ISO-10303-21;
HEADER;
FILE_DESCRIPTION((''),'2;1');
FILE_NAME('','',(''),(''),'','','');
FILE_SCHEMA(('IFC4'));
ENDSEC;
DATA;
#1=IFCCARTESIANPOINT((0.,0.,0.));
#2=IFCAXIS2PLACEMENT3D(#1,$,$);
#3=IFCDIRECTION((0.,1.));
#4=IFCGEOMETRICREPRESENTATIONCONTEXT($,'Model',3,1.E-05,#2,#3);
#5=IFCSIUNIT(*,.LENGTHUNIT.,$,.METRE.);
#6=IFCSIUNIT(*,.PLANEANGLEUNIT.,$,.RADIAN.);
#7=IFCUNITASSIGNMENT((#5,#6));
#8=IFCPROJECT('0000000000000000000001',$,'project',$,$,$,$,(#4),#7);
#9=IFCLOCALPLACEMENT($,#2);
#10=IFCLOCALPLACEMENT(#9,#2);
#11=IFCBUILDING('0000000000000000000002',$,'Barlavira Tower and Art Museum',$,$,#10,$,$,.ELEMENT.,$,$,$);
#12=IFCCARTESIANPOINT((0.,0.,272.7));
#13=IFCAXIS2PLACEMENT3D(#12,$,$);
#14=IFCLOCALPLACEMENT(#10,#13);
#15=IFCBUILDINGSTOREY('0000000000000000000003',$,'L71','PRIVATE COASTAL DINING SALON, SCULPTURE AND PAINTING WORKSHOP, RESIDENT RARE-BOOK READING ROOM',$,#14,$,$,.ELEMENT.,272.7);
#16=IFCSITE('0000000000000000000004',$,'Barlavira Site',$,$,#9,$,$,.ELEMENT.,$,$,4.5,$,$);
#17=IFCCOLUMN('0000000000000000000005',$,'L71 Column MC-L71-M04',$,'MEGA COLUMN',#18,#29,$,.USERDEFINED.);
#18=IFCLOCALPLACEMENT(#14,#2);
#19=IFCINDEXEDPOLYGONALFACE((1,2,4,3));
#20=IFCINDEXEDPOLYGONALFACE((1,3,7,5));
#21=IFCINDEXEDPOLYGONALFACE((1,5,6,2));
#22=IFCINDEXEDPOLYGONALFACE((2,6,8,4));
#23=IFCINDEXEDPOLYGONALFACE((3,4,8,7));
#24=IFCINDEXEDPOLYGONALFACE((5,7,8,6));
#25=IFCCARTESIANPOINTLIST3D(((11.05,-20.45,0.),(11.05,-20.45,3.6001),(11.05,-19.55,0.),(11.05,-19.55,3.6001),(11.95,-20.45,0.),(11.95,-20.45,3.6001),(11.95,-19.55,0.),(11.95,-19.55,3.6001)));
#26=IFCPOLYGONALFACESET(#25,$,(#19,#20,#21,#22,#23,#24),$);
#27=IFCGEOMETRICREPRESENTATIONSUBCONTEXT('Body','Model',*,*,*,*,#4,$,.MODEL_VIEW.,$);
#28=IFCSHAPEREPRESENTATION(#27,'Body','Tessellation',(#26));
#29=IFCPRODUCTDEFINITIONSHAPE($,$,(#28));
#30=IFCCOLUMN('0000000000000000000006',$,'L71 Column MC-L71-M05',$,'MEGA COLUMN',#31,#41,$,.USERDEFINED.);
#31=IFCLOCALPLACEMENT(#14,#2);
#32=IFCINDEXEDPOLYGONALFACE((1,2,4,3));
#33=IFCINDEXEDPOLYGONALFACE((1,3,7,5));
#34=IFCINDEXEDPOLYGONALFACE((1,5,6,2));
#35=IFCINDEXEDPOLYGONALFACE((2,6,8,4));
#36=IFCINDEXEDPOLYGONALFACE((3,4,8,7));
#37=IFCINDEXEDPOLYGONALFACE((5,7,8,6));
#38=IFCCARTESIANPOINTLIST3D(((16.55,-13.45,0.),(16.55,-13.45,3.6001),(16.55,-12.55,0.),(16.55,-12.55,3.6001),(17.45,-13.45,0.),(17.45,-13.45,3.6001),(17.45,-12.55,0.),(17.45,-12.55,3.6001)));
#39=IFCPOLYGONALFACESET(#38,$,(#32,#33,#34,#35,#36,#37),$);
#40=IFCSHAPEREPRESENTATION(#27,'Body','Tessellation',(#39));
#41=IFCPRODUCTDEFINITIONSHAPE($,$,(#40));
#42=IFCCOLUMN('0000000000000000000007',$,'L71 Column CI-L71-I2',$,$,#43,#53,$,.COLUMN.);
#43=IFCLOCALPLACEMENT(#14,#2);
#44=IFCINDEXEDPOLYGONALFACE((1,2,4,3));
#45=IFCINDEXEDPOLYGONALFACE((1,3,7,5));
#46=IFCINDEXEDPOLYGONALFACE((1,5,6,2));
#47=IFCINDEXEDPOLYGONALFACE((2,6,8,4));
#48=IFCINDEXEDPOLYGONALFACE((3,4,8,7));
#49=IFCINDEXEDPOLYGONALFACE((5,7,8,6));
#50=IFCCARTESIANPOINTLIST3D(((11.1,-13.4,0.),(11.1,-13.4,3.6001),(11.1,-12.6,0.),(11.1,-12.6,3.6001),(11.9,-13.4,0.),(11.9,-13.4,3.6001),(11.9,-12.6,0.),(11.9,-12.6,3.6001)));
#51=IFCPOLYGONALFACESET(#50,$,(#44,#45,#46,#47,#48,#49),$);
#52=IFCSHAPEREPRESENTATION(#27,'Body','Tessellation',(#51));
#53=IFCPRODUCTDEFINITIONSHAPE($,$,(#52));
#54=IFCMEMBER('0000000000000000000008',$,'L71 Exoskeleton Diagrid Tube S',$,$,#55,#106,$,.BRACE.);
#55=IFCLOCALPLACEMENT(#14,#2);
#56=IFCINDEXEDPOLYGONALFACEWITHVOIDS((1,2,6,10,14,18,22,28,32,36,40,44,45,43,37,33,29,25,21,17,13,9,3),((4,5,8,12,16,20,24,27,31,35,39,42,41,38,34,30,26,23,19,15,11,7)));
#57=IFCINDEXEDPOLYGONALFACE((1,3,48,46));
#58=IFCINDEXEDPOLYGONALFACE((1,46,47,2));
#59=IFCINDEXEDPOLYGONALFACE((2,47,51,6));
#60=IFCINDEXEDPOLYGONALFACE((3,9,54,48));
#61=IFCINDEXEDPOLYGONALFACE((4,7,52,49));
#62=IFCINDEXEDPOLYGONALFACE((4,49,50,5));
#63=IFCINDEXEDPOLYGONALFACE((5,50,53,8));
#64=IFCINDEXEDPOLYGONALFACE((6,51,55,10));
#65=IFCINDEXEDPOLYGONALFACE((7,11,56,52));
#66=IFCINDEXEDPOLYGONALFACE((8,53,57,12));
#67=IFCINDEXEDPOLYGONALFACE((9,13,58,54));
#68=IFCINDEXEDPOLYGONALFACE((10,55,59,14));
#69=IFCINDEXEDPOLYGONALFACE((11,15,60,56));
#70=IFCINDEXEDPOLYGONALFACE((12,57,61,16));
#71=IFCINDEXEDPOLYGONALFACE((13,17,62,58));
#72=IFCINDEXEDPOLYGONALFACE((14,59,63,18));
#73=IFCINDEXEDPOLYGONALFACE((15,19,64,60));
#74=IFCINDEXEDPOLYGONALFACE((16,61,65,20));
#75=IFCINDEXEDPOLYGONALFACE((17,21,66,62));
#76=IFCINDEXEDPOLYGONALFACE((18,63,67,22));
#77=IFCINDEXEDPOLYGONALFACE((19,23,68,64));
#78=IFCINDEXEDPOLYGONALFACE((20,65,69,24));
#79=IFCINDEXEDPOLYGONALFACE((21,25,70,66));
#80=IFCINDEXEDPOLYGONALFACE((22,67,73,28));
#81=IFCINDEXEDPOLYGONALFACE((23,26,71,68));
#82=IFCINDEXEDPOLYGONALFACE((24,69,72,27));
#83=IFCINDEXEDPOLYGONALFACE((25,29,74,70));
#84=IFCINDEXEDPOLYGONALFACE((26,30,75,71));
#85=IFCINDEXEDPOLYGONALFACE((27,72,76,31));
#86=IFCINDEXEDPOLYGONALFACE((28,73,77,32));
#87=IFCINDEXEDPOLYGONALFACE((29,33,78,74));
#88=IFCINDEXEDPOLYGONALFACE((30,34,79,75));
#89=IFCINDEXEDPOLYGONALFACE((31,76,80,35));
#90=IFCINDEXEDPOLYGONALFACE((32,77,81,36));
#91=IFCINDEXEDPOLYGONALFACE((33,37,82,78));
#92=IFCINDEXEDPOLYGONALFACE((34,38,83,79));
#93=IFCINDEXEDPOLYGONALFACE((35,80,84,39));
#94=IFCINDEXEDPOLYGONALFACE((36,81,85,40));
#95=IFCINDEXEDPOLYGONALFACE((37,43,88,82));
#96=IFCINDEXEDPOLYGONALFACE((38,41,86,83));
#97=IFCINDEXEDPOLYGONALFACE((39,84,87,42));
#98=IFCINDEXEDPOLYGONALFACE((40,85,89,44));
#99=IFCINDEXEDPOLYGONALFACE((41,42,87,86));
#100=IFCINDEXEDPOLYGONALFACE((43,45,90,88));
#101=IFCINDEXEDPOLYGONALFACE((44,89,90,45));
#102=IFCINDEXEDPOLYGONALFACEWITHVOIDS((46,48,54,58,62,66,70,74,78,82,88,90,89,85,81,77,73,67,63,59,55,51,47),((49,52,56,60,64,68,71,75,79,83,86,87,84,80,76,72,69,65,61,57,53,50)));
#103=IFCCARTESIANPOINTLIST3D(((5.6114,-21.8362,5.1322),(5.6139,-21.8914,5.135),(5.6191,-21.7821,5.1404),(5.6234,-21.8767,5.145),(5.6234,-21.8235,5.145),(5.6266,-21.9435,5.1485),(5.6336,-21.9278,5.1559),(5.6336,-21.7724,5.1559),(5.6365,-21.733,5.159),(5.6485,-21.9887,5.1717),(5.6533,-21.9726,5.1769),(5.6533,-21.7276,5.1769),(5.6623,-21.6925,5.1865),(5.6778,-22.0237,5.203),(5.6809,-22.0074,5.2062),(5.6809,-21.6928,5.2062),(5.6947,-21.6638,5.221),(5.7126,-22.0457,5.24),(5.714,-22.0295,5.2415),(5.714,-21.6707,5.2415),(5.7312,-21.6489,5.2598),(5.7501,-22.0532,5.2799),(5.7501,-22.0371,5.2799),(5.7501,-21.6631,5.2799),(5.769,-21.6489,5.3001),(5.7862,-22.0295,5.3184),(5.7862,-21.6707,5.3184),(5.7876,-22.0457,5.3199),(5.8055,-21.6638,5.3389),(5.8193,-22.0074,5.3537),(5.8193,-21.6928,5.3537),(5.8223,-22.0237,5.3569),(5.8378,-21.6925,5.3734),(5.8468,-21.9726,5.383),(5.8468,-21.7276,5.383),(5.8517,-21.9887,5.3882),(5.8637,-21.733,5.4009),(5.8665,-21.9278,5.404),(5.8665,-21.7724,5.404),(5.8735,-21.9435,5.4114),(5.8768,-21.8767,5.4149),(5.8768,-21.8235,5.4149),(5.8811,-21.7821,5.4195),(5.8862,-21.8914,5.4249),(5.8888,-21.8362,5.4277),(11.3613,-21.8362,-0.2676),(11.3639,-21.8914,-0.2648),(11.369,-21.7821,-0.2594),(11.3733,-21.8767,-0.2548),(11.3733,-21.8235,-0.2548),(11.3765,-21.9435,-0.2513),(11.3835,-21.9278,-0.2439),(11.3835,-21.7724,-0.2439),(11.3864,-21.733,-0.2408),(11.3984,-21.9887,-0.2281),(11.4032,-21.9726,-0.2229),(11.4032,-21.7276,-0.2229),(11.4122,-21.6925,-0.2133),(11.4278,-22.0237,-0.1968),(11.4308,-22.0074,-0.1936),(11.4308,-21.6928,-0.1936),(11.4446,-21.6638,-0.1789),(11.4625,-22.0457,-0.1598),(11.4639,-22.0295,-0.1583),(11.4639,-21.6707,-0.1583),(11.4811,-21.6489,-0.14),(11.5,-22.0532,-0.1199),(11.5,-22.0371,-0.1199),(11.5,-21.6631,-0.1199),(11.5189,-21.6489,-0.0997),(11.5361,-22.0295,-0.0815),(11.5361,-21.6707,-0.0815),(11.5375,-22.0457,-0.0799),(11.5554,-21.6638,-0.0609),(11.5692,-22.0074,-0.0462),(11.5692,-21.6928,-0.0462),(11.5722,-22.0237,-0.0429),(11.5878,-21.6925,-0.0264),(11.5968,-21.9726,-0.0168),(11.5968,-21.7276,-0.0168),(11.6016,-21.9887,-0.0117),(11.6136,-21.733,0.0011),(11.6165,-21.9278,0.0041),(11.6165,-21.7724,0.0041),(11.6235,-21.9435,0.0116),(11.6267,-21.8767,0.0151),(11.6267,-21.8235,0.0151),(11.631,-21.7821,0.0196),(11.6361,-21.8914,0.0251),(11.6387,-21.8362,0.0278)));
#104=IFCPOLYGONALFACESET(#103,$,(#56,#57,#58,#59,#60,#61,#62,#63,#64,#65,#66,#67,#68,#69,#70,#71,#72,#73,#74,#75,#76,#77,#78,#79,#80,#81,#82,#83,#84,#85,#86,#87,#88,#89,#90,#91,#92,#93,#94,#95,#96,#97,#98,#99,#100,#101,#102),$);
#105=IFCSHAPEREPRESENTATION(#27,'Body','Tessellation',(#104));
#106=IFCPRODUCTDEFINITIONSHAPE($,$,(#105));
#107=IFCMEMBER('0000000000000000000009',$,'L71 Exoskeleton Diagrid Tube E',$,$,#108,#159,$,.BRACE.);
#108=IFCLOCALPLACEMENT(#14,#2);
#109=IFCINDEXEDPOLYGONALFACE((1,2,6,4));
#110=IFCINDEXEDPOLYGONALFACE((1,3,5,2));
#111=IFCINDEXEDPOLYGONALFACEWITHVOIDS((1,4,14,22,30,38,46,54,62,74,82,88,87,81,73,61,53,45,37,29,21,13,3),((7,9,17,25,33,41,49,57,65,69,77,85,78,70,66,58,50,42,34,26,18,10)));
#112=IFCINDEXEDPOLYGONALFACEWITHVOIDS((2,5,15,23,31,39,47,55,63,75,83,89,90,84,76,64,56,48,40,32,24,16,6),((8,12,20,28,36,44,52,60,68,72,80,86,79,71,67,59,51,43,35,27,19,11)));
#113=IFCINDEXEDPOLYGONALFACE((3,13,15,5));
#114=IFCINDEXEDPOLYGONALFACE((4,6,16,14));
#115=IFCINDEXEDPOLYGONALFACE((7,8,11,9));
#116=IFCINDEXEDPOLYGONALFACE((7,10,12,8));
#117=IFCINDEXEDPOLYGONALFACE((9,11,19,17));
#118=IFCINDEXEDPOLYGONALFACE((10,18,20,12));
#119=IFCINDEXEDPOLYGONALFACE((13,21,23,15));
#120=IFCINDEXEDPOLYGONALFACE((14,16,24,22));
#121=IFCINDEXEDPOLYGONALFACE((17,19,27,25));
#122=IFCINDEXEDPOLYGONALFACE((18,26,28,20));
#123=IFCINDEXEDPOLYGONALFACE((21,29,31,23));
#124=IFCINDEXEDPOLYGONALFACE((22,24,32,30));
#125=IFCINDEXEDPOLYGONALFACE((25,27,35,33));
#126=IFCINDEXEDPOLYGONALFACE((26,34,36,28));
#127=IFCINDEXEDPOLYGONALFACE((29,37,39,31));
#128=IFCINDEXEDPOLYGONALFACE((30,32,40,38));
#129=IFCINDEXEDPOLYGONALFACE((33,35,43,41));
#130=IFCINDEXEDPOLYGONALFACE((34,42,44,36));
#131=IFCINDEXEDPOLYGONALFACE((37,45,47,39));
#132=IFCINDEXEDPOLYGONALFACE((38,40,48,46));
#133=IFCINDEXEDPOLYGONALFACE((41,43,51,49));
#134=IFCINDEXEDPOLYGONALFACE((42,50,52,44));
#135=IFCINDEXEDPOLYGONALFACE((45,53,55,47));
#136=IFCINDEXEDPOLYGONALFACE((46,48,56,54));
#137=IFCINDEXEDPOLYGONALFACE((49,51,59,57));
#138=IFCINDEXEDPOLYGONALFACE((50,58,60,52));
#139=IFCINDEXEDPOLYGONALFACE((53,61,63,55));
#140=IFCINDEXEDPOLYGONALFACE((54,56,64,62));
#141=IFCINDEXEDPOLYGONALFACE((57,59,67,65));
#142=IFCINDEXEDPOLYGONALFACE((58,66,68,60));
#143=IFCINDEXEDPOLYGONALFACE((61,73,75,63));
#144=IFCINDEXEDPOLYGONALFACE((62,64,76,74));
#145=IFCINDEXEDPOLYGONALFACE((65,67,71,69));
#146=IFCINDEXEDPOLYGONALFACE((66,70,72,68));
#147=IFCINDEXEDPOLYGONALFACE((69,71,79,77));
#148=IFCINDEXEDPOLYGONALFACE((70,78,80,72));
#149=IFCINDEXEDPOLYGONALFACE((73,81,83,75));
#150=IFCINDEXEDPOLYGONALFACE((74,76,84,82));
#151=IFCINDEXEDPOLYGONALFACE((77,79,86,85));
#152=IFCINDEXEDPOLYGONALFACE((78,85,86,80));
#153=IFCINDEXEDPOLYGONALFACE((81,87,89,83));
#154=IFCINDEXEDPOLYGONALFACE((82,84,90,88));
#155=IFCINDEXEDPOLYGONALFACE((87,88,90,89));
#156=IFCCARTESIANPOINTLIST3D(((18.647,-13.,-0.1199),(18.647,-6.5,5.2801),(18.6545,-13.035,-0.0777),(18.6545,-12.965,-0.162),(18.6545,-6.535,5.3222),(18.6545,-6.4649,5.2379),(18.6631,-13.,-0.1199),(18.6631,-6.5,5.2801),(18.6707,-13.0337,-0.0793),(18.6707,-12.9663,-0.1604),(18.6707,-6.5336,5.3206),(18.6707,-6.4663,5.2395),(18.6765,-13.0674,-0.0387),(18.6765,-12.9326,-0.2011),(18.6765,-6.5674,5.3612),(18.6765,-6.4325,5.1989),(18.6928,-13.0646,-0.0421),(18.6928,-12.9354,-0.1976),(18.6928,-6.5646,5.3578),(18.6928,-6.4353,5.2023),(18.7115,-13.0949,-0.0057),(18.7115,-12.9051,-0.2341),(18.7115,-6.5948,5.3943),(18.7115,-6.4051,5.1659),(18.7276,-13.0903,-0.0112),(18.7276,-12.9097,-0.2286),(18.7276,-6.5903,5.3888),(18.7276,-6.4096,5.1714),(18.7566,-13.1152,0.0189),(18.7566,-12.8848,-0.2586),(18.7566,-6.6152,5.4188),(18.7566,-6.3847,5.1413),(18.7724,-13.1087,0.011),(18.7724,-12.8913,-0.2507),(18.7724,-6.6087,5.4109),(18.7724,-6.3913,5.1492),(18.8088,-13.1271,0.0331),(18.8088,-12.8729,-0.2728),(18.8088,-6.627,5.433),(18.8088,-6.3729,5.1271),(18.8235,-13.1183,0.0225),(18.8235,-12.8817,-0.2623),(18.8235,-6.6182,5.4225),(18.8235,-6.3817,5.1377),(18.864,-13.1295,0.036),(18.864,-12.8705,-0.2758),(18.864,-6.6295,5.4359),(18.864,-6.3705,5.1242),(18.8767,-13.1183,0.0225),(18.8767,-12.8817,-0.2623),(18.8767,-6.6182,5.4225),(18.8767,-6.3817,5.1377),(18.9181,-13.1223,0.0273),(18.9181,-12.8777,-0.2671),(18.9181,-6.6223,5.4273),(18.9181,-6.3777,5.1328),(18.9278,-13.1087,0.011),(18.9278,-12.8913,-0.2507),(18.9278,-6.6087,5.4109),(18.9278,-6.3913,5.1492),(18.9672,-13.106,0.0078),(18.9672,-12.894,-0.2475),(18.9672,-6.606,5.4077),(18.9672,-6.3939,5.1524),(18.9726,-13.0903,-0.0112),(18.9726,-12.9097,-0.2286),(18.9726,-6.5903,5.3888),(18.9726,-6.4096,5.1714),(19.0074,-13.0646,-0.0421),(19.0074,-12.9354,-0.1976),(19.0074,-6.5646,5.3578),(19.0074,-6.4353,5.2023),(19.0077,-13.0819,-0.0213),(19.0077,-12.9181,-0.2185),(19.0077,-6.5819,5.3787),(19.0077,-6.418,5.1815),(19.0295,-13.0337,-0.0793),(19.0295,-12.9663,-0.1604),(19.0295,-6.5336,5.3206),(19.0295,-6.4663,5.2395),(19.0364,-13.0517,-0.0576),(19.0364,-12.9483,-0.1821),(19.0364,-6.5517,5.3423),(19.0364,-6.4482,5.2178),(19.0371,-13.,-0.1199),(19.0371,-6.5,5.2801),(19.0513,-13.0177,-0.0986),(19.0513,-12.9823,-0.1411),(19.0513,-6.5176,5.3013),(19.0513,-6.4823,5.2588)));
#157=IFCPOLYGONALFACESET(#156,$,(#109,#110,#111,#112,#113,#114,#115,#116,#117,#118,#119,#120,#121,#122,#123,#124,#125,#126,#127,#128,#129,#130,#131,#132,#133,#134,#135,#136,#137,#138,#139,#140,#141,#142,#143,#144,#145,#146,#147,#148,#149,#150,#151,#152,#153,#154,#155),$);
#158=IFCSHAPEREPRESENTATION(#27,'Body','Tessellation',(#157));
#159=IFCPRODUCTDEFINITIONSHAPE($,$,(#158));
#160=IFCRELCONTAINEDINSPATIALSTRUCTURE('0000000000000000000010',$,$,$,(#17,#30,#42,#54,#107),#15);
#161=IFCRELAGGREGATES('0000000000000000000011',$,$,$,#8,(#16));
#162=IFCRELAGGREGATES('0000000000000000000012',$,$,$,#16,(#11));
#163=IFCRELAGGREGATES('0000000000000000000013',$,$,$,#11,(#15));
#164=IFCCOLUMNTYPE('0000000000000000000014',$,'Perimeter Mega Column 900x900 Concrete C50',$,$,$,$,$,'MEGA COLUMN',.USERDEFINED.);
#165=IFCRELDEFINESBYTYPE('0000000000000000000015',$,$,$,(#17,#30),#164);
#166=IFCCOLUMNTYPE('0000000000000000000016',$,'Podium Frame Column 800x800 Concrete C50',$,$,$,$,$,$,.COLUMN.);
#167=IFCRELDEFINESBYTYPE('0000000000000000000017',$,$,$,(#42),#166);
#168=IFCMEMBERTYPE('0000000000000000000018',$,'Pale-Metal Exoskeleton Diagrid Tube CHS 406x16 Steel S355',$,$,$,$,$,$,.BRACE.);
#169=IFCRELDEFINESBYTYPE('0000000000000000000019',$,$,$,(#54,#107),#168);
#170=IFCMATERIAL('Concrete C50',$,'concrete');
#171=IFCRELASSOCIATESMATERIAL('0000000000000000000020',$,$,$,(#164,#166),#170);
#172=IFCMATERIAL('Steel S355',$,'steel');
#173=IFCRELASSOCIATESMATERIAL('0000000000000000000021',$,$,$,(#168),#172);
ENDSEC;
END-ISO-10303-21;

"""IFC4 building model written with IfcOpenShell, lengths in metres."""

from ifc_helpers import new_model, si_unit, direction, frame, origin, origin_2d, place, context, subcontext, project, spatial, rectangle, hollow_circle, extrude, material, material_profile, profile_set, type_object, element, save


model = new_model("IFC4")

# Units and contexts
model_context = context("Model", 3, precision=1e-05, world=origin(), true_north=direction((0.0, 1.0)))
body_context = subcontext(model_context, "Body", "Model", "MODEL_VIEW")
ifc_project = project(units=[si_unit("LENGTHUNIT", "METRE"), si_unit("PLANEANGLEUNIT", "RADIAN")], contexts=[model_context])

# Site, building, storey
site_placement = place(None, origin())
site = spatial("IfcSite", under=ifc_project, at=site_placement, Name="Barlavira Site", CompositionType="ELEMENT", RefElevation=4.5)
building_placement = place(site_placement, origin())
building = spatial("IfcBuilding", under=site, at=building_placement, Name="Barlavira Tower and Art Museum", CompositionType="ELEMENT")
storey_placement = place(building_placement, frame((0.0, 0.0, 272.7)))
storey = spatial("IfcBuildingStorey", under=building, at=storey_placement, Name="L71", Description="PRIVATE COASTAL DINING SALON, SCULPTURE AND PAINTING WORKSHOP, RESIDENT RARE-BOOK READING ROOM", CompositionType="ELEMENT", Elevation=272.7)

# Columns
ifc_material_1 = material(Name="Concrete C50", Category="concrete")
ifc_material_profile_1 = material_profile(ifc_material_1, rectangle(XDim=0.8999, YDim=0.8999, at=origin_2d()), Name="RC-COL 900x900")
ifc_profile_set_1 = profile_set([ifc_material_profile_1], Name="Concrete C50")
column_type_1 = type_object("IfcColumnType", Name="Perimeter Mega Column 900x900 Concrete C50", ElementType="MEGA COLUMN", PredefinedType="USERDEFINED", material=ifc_profile_set_1)
for number, where, z_axis, x_axis, name in (
    (1, (11.5, -20.0, 0.0), (0.0, 0.0, 1.0), (1.0, 0.0, 0.0), "L71 Column MC-L71-M04"),
    (2, (17.0, -13.0, 0.0), (0.0, 0.0, 1.0), (1.0, 0.0, 0.0), "L71 Column MC-L71-M05"),
):
    element("IfcColumn", number, at=place(storey_placement, frame(where, z_axis=z_axis, x_axis=x_axis)), inside=storey, type_object=column_type_1, Name=name, ObjectType="MEGA COLUMN", PredefinedType="USERDEFINED", context=body_context, shape_type="SweptSolid", body=[
        extrude(rectangle(XDim=0.8999, YDim=0.8999, at=origin_2d()), origin(), (0.0, 0.0, 1.0), 3.6001),
    ])
ifc_material_profile_2 = material_profile(ifc_material_1, rectangle(XDim=0.8, YDim=0.8, at=origin_2d()), Name="RC-COL 800x800")
ifc_profile_set_2 = profile_set([ifc_material_profile_2], Name="Concrete C50")
column_type_2 = type_object("IfcColumnType", Name="Podium Frame Column 800x800 Concrete C50", PredefinedType="COLUMN", material=ifc_profile_set_2)
column_placement = place(storey_placement, frame((11.5, -13.0, 0.0), z_axis=(0.0, 0.0, 1.0), x_axis=(1.0, 0.0, 0.0)))
element("IfcColumn", 3, at=column_placement, inside=storey, type_object=column_type_2, Name="L71 Column CI-L71-I2", PredefinedType="COLUMN", context=body_context, shape_type="SweptSolid", body=[
    extrude(rectangle(XDim=0.8, YDim=0.8, at=origin_2d()), origin(), (0.0, 0.0, 1.0), 3.6001),
])

# Members
ifc_material_2 = material(Name="Steel S355", Category="steel")
ifc_material_profile_3 = material_profile(ifc_material_2, hollow_circle(Radius=0.2031, WallThickness=0.0161, at=origin_2d()), Name="CHS 406.4x16.0")
ifc_profile_set_3 = profile_set([ifc_material_profile_3], Name="Steel S355")
member_type_1 = type_object("IfcMemberType", Name="Pale-Metal Exoskeleton Diagrid Tube CHS 406x16 Steel S355", PredefinedType="BRACE", material=ifc_profile_set_3)
member_1_placement = place(storey_placement, frame((11.5, -21.8501, -0.1199), z_axis=(-0.72895, 0.0, 0.684567), x_axis=(0.0, -1.0, 0.0)))
element("IfcMember", 4, at=member_1_placement, inside=storey, type_object=member_type_1, Name="L71 Exoskeleton Diagrid Tube S", PredefinedType="BRACE", context=body_context, shape_type="SweptSolid", body=[
    extrude(hollow_circle(Radius=0.2031, WallThickness=0.0161, at=origin_2d()), origin(), (0.0, 0.0, 1.0), 7.8879),
])
member_2_placement = place(storey_placement, frame((18.8501, -13.0, -0.1199), z_axis=(0.0, 0.769196, 0.639013), x_axis=(-1.0, 0.0, 0.0)))
element("IfcMember", 5, at=member_2_placement, inside=storey, type_object=member_type_1, Name="L71 Exoskeleton Diagrid Tube E", PredefinedType="BRACE", context=body_context, shape_type="SweptSolid", body=[
    extrude(hollow_circle(Radius=0.2031, WallThickness=0.0161, at=origin_2d()), origin(), (0.0, 0.0, 1.0), 8.4504),
])

save(model, "model.ifc")
